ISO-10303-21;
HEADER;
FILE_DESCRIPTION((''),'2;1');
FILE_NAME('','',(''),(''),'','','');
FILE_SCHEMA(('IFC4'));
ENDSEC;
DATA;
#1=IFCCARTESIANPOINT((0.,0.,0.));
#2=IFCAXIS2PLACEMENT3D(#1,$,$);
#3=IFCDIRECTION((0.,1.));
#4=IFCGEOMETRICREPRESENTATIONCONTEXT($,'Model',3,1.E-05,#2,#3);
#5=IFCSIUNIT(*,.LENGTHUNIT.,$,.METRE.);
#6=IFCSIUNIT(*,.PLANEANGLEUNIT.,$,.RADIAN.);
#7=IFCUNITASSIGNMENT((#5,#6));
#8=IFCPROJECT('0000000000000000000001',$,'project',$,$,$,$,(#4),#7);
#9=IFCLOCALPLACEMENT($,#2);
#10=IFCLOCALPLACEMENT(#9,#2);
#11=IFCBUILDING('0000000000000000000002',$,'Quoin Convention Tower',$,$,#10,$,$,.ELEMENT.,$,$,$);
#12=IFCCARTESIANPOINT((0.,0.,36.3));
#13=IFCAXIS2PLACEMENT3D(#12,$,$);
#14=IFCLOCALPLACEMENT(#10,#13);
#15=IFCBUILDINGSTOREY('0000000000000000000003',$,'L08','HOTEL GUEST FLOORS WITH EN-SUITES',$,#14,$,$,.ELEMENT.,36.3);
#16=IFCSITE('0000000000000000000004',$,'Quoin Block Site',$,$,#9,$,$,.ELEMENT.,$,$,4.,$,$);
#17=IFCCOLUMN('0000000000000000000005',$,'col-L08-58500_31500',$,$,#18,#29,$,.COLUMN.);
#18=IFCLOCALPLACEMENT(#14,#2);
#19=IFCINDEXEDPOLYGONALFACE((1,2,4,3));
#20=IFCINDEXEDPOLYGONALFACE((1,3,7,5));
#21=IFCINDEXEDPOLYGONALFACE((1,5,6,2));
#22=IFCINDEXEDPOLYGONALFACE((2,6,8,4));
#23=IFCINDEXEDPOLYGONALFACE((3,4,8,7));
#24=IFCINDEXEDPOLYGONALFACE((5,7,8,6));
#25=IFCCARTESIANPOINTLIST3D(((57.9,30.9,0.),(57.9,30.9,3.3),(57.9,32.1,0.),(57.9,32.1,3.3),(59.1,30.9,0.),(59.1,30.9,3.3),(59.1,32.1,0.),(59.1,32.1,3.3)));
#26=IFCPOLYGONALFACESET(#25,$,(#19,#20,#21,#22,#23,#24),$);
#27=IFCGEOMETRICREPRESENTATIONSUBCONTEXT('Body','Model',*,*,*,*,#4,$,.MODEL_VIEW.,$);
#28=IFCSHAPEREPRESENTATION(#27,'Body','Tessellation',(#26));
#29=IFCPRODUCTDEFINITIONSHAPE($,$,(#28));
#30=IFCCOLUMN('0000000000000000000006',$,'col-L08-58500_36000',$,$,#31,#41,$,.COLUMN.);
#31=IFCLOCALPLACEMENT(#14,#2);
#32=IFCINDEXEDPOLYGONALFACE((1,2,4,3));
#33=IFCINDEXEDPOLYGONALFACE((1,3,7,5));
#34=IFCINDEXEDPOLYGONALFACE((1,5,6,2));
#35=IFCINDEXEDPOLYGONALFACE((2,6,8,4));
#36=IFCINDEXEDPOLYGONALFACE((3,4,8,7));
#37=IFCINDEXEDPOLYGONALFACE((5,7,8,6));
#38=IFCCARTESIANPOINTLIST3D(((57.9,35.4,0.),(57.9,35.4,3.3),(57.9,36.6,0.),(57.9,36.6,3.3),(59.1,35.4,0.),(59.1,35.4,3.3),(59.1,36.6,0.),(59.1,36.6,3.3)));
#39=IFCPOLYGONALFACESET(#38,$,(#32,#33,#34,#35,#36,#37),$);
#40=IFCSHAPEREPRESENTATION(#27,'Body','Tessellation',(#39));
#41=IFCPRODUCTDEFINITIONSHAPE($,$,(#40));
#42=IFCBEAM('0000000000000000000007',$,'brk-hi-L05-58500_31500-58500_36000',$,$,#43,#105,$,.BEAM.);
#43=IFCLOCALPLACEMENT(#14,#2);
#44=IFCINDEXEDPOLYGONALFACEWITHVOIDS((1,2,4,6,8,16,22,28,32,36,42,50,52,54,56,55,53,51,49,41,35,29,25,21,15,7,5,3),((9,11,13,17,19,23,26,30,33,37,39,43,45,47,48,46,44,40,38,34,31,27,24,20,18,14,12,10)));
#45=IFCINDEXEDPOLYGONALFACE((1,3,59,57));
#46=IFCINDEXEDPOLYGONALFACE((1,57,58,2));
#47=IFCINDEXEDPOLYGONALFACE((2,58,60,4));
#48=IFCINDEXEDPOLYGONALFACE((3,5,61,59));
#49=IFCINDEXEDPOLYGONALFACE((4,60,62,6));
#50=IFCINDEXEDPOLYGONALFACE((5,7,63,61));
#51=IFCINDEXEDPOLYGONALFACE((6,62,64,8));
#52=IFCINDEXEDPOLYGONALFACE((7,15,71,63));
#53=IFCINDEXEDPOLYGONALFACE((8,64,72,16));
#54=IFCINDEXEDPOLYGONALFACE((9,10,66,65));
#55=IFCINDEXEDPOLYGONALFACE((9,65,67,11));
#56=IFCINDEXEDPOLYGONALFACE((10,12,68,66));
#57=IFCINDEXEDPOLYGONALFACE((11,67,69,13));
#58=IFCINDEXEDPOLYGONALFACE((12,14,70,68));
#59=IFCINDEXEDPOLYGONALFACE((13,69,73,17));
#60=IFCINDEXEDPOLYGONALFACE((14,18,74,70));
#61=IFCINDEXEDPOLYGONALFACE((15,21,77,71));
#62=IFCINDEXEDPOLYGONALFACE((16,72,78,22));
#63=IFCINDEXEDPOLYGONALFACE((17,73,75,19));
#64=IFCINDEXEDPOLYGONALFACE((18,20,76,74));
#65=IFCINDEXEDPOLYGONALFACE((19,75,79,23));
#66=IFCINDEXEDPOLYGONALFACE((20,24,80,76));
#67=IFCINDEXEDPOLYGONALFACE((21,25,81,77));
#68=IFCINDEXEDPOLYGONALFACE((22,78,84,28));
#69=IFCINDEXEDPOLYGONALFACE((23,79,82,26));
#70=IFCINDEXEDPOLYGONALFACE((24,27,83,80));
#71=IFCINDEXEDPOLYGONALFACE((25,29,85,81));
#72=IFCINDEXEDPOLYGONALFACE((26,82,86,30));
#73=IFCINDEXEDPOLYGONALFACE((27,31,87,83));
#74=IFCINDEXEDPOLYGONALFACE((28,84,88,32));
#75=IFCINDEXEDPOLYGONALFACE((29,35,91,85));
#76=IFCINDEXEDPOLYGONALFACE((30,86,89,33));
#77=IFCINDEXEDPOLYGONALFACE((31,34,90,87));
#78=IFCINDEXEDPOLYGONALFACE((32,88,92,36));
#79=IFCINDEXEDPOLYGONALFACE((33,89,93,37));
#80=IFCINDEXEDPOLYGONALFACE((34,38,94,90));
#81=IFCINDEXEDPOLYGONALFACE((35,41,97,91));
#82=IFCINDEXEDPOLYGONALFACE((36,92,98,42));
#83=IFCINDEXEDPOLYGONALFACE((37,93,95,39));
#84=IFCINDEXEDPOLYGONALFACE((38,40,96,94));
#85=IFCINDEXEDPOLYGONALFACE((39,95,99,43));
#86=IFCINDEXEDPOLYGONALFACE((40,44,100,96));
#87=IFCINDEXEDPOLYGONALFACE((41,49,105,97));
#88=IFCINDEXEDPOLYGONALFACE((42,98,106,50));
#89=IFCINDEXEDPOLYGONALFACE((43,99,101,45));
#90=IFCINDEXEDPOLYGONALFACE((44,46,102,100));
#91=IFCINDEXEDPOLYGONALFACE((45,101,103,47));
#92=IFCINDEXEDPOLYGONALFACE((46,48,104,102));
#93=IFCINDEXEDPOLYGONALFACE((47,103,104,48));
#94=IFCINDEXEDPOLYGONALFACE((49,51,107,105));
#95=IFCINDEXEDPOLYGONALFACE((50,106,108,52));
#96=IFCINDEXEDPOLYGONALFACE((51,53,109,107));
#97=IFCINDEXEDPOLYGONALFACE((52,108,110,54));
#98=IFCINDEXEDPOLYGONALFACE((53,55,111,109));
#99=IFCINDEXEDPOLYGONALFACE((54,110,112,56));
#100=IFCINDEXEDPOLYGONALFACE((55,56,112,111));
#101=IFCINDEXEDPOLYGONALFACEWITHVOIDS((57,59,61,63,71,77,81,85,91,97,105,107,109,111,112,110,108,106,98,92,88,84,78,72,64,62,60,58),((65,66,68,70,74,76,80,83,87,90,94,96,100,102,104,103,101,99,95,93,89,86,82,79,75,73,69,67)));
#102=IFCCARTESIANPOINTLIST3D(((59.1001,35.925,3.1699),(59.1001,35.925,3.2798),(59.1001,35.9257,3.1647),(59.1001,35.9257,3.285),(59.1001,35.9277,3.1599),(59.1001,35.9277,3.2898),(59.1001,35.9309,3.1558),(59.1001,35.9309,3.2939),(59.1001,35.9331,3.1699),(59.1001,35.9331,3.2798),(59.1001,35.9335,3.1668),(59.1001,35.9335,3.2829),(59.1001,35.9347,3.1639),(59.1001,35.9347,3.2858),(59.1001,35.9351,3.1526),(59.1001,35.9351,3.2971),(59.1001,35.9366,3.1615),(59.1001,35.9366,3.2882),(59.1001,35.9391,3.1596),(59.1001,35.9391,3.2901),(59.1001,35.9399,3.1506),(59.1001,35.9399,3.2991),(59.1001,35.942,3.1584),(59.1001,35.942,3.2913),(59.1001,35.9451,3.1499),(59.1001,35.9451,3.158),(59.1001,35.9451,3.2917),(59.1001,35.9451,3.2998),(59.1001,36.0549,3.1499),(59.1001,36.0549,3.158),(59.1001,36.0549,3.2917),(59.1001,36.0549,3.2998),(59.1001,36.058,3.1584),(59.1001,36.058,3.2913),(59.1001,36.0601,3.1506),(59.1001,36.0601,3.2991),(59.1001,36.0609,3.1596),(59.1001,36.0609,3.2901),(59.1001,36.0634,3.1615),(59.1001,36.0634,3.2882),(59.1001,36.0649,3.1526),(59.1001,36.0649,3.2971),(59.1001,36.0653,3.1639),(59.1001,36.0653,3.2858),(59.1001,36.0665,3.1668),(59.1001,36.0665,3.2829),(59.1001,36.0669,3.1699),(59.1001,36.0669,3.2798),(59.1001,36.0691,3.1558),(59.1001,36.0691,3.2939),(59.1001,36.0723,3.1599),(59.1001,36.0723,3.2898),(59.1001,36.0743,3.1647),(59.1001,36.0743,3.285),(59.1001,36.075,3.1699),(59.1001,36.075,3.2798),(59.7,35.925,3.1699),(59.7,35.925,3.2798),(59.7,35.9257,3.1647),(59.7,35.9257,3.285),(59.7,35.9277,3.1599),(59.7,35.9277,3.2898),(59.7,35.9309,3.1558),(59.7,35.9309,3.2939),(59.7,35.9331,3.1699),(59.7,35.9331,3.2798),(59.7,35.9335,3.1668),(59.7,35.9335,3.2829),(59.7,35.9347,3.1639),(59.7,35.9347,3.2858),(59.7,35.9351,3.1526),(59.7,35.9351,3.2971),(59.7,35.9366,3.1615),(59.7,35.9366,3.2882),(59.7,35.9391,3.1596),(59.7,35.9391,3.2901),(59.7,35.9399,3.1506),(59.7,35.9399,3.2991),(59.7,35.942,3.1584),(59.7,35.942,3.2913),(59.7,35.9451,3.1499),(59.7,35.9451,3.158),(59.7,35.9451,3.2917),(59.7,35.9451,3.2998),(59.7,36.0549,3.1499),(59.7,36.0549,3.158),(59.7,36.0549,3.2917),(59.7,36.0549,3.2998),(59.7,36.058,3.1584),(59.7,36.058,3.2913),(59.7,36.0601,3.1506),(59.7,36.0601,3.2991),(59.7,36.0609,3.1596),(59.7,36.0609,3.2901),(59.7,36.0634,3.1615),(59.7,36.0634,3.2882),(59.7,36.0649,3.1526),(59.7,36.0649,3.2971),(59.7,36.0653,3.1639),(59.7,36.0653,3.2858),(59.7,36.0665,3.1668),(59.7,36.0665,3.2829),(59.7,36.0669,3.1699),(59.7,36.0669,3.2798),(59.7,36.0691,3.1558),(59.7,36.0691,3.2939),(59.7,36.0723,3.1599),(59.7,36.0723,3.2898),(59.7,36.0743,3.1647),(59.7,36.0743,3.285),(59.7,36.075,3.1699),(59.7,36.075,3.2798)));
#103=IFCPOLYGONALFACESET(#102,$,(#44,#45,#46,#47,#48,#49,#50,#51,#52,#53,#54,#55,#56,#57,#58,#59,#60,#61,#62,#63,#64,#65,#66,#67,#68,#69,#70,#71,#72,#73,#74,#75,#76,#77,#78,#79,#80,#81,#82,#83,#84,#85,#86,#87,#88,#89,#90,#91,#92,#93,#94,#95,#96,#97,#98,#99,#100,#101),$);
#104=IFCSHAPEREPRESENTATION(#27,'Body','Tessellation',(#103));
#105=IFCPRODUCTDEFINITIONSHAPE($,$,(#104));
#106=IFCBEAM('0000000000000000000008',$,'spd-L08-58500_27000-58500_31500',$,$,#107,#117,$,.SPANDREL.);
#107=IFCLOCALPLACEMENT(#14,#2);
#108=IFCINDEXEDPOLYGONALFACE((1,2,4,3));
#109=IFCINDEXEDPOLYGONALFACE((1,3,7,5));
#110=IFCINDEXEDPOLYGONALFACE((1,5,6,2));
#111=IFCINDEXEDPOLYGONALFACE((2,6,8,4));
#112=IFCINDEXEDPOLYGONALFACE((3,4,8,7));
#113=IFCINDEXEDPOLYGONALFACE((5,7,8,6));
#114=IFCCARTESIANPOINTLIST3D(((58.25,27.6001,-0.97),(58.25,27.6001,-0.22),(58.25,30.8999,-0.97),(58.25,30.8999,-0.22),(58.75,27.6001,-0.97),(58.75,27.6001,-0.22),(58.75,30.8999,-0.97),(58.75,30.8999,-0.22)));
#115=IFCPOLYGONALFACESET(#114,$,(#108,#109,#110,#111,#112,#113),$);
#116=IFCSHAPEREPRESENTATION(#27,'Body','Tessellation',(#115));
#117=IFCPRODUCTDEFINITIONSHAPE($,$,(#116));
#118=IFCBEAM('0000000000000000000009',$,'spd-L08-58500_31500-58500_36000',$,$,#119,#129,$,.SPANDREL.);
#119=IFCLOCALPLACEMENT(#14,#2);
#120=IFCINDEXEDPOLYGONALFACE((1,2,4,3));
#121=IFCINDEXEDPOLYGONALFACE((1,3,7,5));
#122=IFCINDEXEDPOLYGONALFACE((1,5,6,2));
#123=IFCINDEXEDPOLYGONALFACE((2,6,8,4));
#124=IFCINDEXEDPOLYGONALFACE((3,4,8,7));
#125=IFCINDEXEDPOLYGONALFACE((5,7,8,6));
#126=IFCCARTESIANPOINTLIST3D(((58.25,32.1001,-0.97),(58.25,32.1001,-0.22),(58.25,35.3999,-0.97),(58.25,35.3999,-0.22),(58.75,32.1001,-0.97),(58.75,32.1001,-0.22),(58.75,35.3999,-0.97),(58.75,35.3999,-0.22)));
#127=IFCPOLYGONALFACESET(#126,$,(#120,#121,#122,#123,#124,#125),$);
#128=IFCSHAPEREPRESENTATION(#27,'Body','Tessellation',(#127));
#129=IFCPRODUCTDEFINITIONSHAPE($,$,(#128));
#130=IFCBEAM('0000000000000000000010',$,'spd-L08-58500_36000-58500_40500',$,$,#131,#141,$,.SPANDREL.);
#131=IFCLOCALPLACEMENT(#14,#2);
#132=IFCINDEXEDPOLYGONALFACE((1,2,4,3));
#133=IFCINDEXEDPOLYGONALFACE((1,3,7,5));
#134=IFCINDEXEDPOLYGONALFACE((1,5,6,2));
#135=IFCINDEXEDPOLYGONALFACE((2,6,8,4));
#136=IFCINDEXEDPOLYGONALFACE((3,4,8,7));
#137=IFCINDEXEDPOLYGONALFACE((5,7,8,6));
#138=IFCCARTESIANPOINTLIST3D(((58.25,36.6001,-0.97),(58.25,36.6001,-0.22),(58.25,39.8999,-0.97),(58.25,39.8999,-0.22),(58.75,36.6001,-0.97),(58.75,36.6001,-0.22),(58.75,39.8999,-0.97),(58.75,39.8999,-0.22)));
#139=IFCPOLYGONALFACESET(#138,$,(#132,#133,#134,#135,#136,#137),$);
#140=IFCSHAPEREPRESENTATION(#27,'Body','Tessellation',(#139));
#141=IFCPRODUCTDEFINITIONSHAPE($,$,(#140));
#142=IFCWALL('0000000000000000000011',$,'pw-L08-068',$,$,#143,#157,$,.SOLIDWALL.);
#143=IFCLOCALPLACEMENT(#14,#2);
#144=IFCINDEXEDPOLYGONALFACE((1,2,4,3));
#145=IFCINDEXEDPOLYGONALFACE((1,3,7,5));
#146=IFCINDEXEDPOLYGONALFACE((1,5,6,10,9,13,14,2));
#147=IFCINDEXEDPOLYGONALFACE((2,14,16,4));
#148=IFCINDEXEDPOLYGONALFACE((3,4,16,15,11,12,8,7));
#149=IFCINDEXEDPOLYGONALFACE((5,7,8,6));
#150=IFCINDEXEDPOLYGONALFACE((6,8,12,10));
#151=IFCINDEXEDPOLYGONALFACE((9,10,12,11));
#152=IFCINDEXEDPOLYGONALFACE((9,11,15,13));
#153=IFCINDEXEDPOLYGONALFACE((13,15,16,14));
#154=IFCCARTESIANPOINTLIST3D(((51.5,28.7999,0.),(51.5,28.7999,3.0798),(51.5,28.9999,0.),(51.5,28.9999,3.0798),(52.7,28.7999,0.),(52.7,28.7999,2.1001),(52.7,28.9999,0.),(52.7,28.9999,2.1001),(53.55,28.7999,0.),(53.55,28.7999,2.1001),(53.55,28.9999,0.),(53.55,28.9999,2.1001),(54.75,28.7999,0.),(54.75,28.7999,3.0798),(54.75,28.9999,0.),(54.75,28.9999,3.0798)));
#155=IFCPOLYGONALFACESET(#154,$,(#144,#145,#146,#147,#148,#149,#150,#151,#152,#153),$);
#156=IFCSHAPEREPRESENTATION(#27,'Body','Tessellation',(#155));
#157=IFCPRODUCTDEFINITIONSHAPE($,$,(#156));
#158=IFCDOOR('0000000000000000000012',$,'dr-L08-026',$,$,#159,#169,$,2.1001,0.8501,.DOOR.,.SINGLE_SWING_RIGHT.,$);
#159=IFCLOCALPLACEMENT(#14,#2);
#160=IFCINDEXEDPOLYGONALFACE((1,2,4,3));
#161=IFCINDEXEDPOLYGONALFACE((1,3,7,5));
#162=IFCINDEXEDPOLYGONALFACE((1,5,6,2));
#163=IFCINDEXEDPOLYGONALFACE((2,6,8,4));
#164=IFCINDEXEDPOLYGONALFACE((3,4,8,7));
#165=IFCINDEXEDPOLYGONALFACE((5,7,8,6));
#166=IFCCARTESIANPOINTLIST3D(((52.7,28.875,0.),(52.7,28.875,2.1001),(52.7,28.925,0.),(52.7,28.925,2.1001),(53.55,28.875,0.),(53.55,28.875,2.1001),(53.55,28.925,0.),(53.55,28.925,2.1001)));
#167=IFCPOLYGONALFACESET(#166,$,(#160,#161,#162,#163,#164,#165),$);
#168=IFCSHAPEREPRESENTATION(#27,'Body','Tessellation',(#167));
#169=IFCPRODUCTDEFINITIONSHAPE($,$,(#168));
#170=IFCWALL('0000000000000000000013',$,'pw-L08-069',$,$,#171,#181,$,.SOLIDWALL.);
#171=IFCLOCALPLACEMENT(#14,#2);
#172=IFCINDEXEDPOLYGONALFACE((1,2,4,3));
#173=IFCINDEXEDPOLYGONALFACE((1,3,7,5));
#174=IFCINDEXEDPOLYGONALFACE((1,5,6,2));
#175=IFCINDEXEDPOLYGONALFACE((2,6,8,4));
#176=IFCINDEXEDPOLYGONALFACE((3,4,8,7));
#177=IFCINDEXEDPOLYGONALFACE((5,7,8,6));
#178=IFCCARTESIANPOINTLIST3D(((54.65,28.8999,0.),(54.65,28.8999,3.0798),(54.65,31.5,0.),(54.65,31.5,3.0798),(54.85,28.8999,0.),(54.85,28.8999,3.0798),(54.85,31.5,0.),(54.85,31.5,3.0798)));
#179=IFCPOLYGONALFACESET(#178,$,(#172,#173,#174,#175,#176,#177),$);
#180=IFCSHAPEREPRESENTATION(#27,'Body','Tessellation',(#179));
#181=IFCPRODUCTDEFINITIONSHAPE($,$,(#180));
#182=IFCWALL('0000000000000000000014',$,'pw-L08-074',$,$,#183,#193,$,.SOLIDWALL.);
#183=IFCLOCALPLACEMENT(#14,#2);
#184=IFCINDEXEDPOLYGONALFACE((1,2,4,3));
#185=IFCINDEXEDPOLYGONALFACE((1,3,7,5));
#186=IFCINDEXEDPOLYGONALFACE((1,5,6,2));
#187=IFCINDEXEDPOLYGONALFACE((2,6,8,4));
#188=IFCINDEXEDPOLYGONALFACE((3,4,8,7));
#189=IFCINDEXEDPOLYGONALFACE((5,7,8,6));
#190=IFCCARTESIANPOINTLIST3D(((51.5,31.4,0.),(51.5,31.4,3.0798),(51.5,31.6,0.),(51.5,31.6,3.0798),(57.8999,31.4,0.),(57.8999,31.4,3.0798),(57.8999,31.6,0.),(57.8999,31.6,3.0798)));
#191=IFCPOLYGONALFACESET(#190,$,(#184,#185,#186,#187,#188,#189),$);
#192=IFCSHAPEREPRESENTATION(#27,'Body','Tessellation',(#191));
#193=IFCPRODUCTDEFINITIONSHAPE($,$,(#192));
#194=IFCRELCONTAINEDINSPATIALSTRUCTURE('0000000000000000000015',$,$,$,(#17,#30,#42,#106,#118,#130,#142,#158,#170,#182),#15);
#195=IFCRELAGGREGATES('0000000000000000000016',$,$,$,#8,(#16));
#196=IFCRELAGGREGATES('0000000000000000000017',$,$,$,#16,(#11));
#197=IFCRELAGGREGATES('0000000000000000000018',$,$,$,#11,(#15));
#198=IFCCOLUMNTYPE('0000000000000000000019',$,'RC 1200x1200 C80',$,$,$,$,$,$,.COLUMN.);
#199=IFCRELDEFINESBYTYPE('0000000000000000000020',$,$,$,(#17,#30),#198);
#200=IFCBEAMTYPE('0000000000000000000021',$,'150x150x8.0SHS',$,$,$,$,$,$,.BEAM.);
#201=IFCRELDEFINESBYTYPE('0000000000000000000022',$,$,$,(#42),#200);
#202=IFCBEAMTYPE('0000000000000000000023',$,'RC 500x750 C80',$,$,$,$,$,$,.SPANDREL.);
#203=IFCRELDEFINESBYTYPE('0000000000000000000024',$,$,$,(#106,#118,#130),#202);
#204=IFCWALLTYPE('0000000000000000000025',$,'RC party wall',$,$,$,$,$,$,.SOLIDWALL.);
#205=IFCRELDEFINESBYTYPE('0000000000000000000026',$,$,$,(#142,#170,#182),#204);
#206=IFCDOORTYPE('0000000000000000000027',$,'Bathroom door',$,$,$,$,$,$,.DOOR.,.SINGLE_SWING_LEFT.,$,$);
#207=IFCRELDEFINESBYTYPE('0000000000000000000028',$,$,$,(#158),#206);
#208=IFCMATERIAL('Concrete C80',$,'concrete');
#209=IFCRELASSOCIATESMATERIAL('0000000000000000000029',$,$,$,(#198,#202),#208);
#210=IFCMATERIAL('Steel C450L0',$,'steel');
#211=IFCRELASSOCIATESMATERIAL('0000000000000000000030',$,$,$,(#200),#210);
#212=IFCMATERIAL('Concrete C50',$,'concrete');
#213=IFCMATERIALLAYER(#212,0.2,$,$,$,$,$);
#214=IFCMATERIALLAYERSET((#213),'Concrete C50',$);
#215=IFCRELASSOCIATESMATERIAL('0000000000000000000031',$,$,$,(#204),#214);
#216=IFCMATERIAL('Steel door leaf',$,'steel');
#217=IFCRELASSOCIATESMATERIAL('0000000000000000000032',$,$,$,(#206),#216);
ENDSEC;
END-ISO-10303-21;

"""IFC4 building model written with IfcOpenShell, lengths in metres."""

from ifc_helpers import new_model, si_unit, direction, frame, frame_2d, origin, origin_2d, place, context, subcontext, project, spatial, rectangle, hollow_rectangle, extrude, material, layer, layer_set, material_profile, profile_set, type_object, element, fill, save


model = new_model("IFC4")

# Units and contexts
model_context = context("Model", 3, precision=1e-05, world=origin(), true_north=direction((0.0, 1.0)))
body_context = subcontext(model_context, "Body", "Model", "MODEL_VIEW")
ifc_project = project(units=[si_unit("LENGTHUNIT", "METRE"), si_unit("PLANEANGLEUNIT", "RADIAN")], contexts=[model_context])

# Site, building, storey
site_placement = place(None, origin())
site = spatial("IfcSite", under=ifc_project, at=site_placement, Name="Quoin Block Site", CompositionType="ELEMENT", RefElevation=4.0)
building_placement = place(site_placement, origin())
building = spatial("IfcBuilding", under=site, at=building_placement, Name="Quoin Convention Tower", CompositionType="ELEMENT")
storey_placement = place(building_placement, frame((0.0, 0.0, 36.3)))
storey = spatial("IfcBuildingStorey", under=building, at=storey_placement, Name="L08", Description="HOTEL GUEST FLOORS WITH EN-SUITES", CompositionType="ELEMENT", Elevation=36.3)

# Columns
ifc_material_1 = material(Name="Concrete C80", Category="concrete")
ifc_material_profile_1 = material_profile(ifc_material_1, rectangle(XDim=1.2, YDim=1.2, at=origin_2d()), Name="RC 1200x1200")
ifc_profile_set_1 = profile_set([ifc_material_profile_1], Name="Concrete C80")
column_type = type_object("IfcColumnType", Name="RC 1200x1200 C80", PredefinedType="COLUMN", material=ifc_profile_set_1)
for number, where, z_axis, x_axis, name in (
    (1, (58.5, 31.5, 0.0), (0.0, 0.0, 1.0), (1.0, 0.0, 0.0), "col-L08-58500_31500"),
    (2, (58.5, 36.0, 0.0), (0.0, 0.0, 1.0), (1.0, 0.0, 0.0), "col-L08-58500_36000"),
):
    element("IfcColumn", number, at=place(storey_placement, frame(where, z_axis=z_axis, x_axis=x_axis)), inside=storey, type_object=column_type, Name=name, PredefinedType="COLUMN", context=body_context, shape_type="SweptSolid", body=[
        extrude(rectangle(XDim=1.2, YDim=1.2, at=origin_2d()), origin(), (0.0, 0.0, 1.0), 3.3),
    ])

# Beams
ifc_material_2 = material(Name="Steel C450L0", Category="steel")
ifc_material_profile_2 = material_profile(ifc_material_2, hollow_rectangle(XDim=0.1499, YDim=0.1499, WallThickness=0.0081, InnerFilletRadius=0.012, OuterFilletRadius=0.02, at=origin_2d()), Name="150x150x8.0SHS")
ifc_profile_set_2 = profile_set([ifc_material_profile_2], Name="Steel C450L0")
beam_type_1 = type_object("IfcBeamType", Name="150x150x8.0SHS", PredefinedType="BEAM", material=ifc_profile_set_2)
beam_placement = place(storey_placement, frame((59.1001, 36.0, 3.2249), z_axis=(1.0, 0.0, 0.0), x_axis=(0.0, 1.0, 0.0)))
element("IfcBeam", 3, at=beam_placement, inside=storey, type_object=beam_type_1, Name="brk-hi-L05-58500_31500-58500_36000", PredefinedType="BEAM", context=body_context, shape_type="SweptSolid", body=[
    extrude(hollow_rectangle(XDim=0.1499, YDim=0.1499, WallThickness=0.0081, InnerFilletRadius=0.012, OuterFilletRadius=0.02, at=origin_2d()), origin(), (0.0, 0.0, 1.0), 0.5999),
])
ifc_material_profile_3 = material_profile(ifc_material_1, rectangle(XDim=0.5, YDim=0.75, at=origin_2d()), Name="RC 500x750")
ifc_profile_set_3 = profile_set([ifc_material_profile_3], Name="Concrete C80")
beam_type_2 = type_object("IfcBeamType", Name="RC 500x750 C80", PredefinedType="SPANDREL", material=ifc_profile_set_3)
for number, where, z_axis, x_axis, name in (
    (4, (58.5, 27.6001, -0.595), (0.0, 1.0, 0.0), (-1.0, 0.0, 0.0), "spd-L08-58500_27000-58500_31500"),
    (5, (58.5, 32.1001, -0.595), (0.0, 1.0, 0.0), (-1.0, 0.0, 0.0), "spd-L08-58500_31500-58500_36000"),
    (6, (58.5, 36.6001, -0.595), (0.0, 1.0, 0.0), (-1.0, 0.0, 0.0), "spd-L08-58500_36000-58500_40500"),
):
    element("IfcBeam", number, at=place(storey_placement, frame(where, z_axis=z_axis, x_axis=x_axis)), inside=storey, type_object=beam_type_2, Name=name, PredefinedType="SPANDREL", context=body_context, shape_type="SweptSolid", body=[
        extrude(rectangle(XDim=0.5, YDim=0.75, at=origin_2d()), origin(), (0.0, 0.0, 1.0), 3.2998),
    ])

# Wall, opening, door
ifc_material_3 = material(Name="Concrete C50", Category="concrete")
ifc_layer = layer(ifc_material_3, 0.2)
ifc_layer_set = layer_set([ifc_layer], Name="Concrete C50")
wall_type = type_object("IfcWallType", Name="RC party wall", PredefinedType="SOLIDWALL", material=ifc_layer_set)
wall_1_placement = place(storey_placement, frame((51.5, 28.8999, 0.0), z_axis=(0.0, 0.0, 1.0), x_axis=(1.0, 0.0, 0.0)))
wall_1 = element("IfcWall", 7, at=wall_1_placement, inside=storey, type_object=wall_type, Name="pw-L08-068", PredefinedType="SOLIDWALL", context=body_context, shape_type="SweptSolid", body=[
    extrude(rectangle(XDim=3.25, YDim=0.2, at=frame_2d((1.625, 0.0))), origin(), (0.0, 0.0, 1.0), 3.0798),
])
opening_1_placement = place(wall_1_placement, frame((1.2, 0.0, 0.0)))
opening_1 = element("IfcOpeningElement", 8, at=opening_1_placement, cuts=wall_1, PredefinedType="OPENING", context=body_context, shape_type="SweptSolid", body=[
    extrude(rectangle(XDim=0.8501, YDim=2.1001, at=frame_2d((0.425, 1.05))), frame((0.0, 0.1099, 0.0), z_axis=(0.0, -1.0, 0.0), x_axis=(1.0, 0.0, 0.0)), (0.0, 0.0, 1.0), 0.22),
])
ifc_material_4 = material(Name="Steel door leaf", Category="steel")
door_type = type_object("IfcDoorType", Name="Bathroom door", OperationType="SINGLE_SWING_LEFT", PredefinedType="DOOR", material=ifc_material_4)
door_1_placement = place(opening_1_placement, frame((0.8501, 0.0, 0.0), z_axis=(0.0, 0.0, 1.0), x_axis=(-1.0, 0.0, 0.0)))
door_1 = element("IfcDoor", 9, at=door_1_placement, inside=storey, type_object=door_type, Name="dr-L08-026", OperationType="SINGLE_SWING_RIGHT", OverallHeight=2.1001, OverallWidth=0.8501, PredefinedType="DOOR", context=body_context, shape_type="SweptSolid", body=[
    extrude(rectangle(XDim=0.8501, YDim=2.1001, at=frame_2d((0.425, 1.05))), frame((0.0, 0.0249, 0.0), z_axis=(0.0, -1.0, 0.0), x_axis=(1.0, 0.0, 0.0)), (0.0, 0.0, 1.0), 0.05),
])
fill(opening_1, door_1)

# Walls
wall_2_placement = place(storey_placement, frame((54.75, 28.8999, 0.0), z_axis=(0.0, 0.0, 1.0), x_axis=(0.0, 1.0, 0.0)))
element("IfcWall", 10, at=wall_2_placement, inside=storey, type_object=wall_type, Name="pw-L08-069", PredefinedType="SOLIDWALL", context=body_context, shape_type="SweptSolid", body=[
    extrude(rectangle(XDim=2.6001, YDim=0.2, at=frame_2d((1.3, 0.0))), origin(), (0.0, 0.0, 1.0), 3.0798),
])
wall_3_placement = place(storey_placement, frame((51.5, 31.5, 0.0), z_axis=(0.0, 0.0, 1.0), x_axis=(1.0, 0.0, 0.0)))
element("IfcWall", 11, at=wall_3_placement, inside=storey, type_object=wall_type, Name="pw-L08-074", PredefinedType="SOLIDWALL", context=body_context, shape_type="SweptSolid", body=[
    extrude(rectangle(XDim=6.3999, YDim=0.2, at=frame_2d((3.2, 0.0))), origin(), (0.0, 0.0, 1.0), 3.0798),
])

save(model, "model.ifc")
